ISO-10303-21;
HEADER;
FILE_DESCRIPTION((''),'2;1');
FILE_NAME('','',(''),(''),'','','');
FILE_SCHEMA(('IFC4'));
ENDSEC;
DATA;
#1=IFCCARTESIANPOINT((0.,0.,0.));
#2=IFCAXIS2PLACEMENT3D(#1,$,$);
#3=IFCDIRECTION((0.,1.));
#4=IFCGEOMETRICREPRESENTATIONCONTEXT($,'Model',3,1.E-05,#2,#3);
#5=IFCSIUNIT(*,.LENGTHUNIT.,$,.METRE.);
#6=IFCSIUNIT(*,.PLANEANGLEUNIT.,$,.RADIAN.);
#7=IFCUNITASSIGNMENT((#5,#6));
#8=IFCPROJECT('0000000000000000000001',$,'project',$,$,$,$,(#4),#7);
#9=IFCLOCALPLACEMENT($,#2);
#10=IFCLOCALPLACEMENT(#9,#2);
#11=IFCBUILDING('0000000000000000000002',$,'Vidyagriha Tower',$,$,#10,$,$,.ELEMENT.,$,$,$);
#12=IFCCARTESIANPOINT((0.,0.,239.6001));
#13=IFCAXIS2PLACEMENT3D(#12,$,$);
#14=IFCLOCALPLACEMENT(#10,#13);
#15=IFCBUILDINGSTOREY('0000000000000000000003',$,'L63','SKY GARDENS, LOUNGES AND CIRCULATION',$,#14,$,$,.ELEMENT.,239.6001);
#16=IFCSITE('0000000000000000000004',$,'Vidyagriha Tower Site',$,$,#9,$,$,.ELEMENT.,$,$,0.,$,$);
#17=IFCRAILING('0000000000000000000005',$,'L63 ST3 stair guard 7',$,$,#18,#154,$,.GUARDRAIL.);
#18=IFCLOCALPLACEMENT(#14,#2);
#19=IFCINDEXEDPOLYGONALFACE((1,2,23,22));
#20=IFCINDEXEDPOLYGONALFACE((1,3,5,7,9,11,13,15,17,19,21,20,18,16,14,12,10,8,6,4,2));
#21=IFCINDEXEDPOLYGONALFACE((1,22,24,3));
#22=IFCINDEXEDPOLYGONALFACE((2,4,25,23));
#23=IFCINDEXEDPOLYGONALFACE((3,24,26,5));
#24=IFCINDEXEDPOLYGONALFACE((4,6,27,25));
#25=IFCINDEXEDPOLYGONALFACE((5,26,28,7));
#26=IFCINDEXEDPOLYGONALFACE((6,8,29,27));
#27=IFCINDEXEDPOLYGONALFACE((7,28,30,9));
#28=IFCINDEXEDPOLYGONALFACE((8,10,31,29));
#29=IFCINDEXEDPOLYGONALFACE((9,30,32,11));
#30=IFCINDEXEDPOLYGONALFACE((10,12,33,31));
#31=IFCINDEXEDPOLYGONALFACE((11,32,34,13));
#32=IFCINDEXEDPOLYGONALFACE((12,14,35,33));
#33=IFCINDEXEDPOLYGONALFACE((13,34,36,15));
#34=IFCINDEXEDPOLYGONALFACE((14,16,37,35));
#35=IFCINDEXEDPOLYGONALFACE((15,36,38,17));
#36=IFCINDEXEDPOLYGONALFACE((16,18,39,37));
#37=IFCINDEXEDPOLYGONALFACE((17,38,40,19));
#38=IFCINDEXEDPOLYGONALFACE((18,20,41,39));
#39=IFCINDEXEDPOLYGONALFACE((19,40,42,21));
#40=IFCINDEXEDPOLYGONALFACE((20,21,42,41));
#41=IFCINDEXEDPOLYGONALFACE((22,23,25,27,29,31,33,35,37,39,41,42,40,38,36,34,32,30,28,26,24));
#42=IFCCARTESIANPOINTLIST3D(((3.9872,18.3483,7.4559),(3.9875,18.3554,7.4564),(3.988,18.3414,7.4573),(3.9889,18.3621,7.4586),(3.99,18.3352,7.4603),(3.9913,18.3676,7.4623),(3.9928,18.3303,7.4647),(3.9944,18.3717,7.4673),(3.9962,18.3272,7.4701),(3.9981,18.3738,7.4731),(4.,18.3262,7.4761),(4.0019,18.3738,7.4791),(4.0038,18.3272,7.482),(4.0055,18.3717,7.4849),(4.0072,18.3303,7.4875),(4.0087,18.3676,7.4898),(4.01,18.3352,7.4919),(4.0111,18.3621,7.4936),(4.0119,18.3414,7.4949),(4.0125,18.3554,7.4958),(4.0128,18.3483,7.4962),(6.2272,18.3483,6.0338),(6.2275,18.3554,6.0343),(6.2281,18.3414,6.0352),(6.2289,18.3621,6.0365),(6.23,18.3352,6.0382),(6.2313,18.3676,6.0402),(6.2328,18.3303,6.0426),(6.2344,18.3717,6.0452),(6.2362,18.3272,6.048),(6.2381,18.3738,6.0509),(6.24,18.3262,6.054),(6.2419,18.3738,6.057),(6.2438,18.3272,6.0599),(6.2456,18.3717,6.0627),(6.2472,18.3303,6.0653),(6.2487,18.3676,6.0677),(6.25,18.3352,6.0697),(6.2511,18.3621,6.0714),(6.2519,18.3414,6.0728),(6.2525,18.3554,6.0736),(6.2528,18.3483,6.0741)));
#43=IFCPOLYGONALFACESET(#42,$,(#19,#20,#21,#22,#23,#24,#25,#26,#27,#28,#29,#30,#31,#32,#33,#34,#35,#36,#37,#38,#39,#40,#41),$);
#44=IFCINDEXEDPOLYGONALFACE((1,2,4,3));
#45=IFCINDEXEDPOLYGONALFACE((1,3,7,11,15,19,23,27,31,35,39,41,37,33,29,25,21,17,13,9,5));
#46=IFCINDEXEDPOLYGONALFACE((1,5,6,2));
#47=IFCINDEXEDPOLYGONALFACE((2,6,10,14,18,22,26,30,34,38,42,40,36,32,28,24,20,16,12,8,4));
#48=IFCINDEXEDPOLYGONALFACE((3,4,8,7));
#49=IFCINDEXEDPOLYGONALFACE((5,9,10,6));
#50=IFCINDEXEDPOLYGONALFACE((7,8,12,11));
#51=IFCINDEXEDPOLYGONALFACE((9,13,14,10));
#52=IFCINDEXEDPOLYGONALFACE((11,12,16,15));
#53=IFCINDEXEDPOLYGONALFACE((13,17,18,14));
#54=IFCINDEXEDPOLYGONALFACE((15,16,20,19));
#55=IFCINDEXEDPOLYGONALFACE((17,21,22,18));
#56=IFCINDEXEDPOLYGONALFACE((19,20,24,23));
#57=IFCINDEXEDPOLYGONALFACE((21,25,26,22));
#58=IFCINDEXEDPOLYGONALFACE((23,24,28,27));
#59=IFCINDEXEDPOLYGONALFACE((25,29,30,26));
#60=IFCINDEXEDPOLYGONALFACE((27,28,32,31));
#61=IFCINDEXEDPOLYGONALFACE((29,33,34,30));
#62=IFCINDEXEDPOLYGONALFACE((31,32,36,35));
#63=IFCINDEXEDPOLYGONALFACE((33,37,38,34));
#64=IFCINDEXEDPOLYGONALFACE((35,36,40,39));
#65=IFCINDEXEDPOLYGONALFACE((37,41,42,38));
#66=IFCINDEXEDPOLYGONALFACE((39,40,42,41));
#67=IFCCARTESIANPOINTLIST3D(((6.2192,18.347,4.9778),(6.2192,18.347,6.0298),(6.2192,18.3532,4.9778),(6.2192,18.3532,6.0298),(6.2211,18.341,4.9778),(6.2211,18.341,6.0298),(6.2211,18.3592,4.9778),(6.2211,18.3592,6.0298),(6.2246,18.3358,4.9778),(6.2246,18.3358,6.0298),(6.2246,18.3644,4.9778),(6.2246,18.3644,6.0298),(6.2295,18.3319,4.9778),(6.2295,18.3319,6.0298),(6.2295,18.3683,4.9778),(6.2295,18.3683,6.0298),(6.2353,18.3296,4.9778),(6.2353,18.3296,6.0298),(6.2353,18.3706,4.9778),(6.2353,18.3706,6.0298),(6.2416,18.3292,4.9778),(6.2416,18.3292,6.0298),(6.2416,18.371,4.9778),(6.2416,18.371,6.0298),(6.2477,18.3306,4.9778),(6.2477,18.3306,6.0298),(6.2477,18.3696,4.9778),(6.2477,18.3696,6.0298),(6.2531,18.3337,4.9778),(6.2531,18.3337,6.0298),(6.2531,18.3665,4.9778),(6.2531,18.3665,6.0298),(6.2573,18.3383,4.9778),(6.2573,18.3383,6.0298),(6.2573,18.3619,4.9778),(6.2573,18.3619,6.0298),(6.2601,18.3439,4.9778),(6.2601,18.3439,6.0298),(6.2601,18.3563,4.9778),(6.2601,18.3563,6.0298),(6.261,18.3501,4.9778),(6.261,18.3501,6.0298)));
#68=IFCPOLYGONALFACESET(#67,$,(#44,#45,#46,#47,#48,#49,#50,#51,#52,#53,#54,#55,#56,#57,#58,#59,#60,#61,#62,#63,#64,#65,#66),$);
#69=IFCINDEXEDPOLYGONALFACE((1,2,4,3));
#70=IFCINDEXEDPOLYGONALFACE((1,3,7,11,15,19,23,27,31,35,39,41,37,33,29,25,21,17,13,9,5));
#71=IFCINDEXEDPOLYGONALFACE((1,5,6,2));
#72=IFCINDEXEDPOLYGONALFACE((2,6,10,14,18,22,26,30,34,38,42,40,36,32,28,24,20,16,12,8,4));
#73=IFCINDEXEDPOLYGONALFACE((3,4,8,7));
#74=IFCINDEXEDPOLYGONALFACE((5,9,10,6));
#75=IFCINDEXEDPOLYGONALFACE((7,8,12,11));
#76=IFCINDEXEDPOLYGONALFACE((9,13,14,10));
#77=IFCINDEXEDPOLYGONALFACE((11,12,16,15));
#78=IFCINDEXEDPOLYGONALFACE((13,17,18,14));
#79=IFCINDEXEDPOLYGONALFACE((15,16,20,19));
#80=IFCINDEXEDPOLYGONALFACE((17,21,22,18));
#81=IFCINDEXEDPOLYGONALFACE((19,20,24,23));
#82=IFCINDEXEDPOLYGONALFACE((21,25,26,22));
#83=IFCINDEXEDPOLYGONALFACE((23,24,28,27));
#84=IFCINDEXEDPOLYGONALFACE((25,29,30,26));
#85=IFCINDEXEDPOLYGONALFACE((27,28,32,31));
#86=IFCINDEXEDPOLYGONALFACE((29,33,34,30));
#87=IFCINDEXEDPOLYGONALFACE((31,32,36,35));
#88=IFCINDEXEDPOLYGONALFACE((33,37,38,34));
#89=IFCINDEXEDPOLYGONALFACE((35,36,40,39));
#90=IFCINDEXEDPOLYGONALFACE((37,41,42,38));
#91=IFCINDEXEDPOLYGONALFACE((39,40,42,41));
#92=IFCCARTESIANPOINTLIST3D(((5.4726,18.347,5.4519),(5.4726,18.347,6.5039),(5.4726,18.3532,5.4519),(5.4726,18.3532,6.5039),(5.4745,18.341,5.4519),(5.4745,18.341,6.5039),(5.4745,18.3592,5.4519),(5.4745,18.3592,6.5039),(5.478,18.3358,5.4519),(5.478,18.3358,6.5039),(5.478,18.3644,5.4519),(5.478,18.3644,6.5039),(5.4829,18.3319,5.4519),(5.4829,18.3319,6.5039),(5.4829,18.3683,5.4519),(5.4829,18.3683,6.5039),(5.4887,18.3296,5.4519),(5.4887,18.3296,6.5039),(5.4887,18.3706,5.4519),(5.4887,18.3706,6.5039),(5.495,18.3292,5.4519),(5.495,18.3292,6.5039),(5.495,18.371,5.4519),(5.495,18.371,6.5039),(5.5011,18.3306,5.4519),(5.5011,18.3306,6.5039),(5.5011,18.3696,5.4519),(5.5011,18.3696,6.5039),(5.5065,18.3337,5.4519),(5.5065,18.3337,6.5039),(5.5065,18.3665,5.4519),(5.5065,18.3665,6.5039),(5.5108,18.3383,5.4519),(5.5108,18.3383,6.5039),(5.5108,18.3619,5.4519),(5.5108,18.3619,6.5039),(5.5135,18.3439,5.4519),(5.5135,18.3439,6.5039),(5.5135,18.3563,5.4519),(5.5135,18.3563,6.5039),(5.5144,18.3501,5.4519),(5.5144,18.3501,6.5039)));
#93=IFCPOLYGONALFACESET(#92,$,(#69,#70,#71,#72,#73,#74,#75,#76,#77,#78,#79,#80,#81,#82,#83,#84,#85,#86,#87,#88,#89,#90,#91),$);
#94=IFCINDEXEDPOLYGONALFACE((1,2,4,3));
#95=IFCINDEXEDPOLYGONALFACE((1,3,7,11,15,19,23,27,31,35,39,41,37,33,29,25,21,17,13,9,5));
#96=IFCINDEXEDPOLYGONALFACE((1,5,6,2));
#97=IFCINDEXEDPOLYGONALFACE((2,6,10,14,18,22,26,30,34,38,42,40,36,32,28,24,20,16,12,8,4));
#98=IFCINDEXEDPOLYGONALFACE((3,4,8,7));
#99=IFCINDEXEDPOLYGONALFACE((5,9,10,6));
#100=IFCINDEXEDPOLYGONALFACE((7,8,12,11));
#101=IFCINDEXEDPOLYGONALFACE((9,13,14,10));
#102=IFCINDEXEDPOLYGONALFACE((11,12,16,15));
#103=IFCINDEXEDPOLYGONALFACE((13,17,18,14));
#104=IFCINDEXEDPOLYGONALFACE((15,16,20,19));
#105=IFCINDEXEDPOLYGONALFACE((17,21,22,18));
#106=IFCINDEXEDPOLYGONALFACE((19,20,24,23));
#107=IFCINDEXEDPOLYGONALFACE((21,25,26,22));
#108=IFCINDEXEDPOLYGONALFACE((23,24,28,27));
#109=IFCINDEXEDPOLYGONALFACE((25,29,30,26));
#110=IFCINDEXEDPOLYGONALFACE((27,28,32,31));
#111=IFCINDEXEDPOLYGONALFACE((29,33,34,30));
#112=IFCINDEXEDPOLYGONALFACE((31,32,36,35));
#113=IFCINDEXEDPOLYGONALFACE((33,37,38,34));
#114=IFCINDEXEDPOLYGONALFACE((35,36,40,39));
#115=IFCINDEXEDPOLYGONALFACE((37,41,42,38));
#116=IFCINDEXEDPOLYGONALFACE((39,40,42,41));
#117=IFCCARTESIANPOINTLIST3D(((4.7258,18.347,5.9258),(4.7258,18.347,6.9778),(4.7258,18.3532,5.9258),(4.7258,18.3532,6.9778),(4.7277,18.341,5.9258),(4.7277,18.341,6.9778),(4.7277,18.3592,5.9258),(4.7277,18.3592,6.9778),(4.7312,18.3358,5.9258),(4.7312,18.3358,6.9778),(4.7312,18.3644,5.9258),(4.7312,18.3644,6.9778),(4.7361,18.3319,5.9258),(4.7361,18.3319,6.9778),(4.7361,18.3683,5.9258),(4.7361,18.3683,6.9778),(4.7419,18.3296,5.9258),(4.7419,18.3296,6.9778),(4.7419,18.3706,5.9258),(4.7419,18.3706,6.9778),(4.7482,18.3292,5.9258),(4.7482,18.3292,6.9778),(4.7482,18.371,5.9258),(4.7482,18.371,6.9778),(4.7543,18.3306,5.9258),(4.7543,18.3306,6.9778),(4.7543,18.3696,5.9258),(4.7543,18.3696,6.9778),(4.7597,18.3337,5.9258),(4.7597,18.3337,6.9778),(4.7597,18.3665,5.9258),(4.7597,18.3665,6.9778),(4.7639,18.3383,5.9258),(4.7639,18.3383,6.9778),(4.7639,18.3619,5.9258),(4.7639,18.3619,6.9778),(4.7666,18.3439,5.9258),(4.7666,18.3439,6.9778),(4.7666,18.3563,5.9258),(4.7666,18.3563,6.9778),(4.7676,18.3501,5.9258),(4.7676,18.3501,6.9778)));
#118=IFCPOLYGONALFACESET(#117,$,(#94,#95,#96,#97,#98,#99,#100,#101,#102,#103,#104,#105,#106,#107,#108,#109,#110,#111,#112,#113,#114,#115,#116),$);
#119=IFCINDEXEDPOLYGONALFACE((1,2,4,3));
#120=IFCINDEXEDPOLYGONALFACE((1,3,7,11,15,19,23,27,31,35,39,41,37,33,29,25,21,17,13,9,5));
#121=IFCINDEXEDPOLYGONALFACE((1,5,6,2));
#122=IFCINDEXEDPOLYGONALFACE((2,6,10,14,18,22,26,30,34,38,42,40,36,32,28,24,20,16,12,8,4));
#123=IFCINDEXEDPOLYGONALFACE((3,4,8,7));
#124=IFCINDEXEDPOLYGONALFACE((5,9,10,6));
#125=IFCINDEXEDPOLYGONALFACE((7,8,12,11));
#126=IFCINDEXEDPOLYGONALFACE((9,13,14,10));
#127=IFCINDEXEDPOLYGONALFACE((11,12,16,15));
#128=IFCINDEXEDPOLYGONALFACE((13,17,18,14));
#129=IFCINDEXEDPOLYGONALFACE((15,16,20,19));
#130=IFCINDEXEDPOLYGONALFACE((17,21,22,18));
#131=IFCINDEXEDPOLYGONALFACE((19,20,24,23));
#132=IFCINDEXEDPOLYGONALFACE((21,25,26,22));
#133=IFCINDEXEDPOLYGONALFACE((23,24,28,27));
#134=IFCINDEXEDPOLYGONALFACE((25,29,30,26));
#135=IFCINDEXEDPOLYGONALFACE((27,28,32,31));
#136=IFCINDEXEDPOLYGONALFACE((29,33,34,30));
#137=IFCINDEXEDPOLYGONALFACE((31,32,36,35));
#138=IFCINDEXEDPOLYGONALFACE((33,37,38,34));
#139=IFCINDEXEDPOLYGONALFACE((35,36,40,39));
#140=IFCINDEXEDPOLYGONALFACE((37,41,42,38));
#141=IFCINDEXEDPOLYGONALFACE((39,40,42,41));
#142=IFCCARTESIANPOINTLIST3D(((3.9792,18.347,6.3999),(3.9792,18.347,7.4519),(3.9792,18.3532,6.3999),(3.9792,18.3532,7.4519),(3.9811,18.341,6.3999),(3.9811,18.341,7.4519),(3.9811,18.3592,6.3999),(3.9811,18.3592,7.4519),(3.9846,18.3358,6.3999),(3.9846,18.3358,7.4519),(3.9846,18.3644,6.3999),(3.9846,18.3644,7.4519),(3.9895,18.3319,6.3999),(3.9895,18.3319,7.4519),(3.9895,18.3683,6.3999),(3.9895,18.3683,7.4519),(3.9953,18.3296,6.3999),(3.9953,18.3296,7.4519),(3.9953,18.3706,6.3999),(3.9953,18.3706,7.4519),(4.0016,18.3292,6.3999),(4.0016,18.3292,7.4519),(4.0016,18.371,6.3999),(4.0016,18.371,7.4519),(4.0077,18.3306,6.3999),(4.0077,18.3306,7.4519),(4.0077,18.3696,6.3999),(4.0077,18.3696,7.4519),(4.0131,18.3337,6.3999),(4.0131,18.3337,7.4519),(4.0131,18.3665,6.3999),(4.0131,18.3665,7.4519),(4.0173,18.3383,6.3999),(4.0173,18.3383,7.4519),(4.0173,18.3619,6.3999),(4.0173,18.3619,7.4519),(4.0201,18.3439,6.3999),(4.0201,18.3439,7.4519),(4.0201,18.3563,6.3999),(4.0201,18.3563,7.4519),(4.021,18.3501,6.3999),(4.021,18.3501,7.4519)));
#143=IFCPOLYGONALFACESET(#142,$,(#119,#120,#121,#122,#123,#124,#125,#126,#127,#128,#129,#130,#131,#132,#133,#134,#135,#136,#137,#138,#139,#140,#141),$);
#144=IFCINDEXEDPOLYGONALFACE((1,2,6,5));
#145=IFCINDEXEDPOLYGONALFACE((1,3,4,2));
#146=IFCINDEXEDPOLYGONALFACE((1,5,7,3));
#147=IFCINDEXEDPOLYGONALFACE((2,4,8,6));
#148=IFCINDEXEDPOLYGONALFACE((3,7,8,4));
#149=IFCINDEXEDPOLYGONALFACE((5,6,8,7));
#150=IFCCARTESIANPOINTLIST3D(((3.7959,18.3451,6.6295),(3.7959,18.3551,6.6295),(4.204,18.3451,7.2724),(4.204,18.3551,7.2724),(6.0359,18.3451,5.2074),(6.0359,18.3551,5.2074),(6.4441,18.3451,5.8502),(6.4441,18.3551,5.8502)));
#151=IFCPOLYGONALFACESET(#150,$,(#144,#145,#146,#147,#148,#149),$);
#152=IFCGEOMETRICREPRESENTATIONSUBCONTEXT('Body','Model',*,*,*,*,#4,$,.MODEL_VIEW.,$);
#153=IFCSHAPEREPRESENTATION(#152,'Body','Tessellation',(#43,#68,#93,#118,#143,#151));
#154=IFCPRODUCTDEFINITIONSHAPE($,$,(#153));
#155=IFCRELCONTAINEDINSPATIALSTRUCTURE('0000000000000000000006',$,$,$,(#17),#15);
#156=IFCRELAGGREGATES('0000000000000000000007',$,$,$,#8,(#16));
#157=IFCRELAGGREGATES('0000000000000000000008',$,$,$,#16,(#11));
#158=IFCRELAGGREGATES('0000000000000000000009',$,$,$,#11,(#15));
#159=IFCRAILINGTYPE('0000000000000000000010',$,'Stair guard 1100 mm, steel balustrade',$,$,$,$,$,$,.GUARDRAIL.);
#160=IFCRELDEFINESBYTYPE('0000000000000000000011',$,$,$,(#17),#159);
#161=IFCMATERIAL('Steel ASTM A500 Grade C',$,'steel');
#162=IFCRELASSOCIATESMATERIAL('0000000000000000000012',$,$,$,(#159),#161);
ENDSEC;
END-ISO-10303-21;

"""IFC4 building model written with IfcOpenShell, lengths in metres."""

from ifc_helpers import new_model, si_unit, direction, frame, origin, origin_2d, place, context, subcontext, project, spatial, rectangle, circle, extrude, material, type_object, element, save


model = new_model("IFC4")

# Units and contexts
model_context = context("Model", 3, precision=1e-05, world=origin(), true_north=direction((0.0, 1.0)))
body_context = subcontext(model_context, "Body", "Model", "MODEL_VIEW")
ifc_project = project(units=[si_unit("LENGTHUNIT", "METRE"), si_unit("PLANEANGLEUNIT", "RADIAN")], contexts=[model_context])

# Site, building, storey
site_placement = place(None, origin())
site = spatial("IfcSite", under=ifc_project, at=site_placement, Name="Vidyagriha Tower Site", CompositionType="ELEMENT", RefElevation=0.0)
building_placement = place(site_placement, origin())
building = spatial("IfcBuilding", under=site, at=building_placement, Name="Vidyagriha Tower", CompositionType="ELEMENT")
storey_placement = place(building_placement, frame((0.0, 0.0, 239.6001)))
storey = spatial("IfcBuildingStorey", under=building, at=storey_placement, Name="L63", Description="SKY GARDENS, LOUNGES AND CIRCULATION", CompositionType="ELEMENT", Elevation=239.6001)

# Railing
ifc_material_1 = material(Name="Steel ASTM A500 Grade C", Category="steel")
railing_type_1 = type_object("IfcRailingType", Name="Stair guard 1100 mm, steel balustrade", PredefinedType="GUARDRAIL", material=ifc_material_1)
railing_1_placement = place(storey_placement, frame((6.24, 18.3501, 4.9778)))
element("IfcRailing", 1, at=railing_1_placement, inside=storey, type_object=railing_type_1, Name="L63 ST3 stair guard 7", PredefinedType="GUARDRAIL", context=body_context, shape_type="SweptSolid", body=[
    extrude(circle(Radius=0.0239, at=origin_2d()), frame((0.0, 0.0, 1.0762), z_axis=(-0.844229, 0.0, 0.535982), x_axis=(0.0, -1.0, 0.0)), (0.0, 0.0, 1.0), 2.6533),
    extrude(circle(Radius=0.021, at=origin_2d()), origin(), (0.0, 0.0, 1.0), 1.052),
    extrude(circle(Radius=0.021, at=origin_2d()), frame((-0.7466, 0.0, 0.4741)), (0.0, 0.0, 1.0), 1.052),
    extrude(circle(Radius=0.021, at=origin_2d()), frame((-1.4934, 0.0, 0.948)), (0.0, 0.0, 1.0), 1.052),
    extrude(circle(Radius=0.021, at=origin_2d()), frame((-2.24, 0.0, 1.4221)), (0.0, 0.0, 1.0), 1.052),
    extrude(rectangle(XDim=0.01, YDim=0.7615, at=origin_2d()), frame((0.0, 0.0, 0.551), z_axis=(-0.844229, 0.0, 0.535982), x_axis=(0.0, -1.0, 0.0)), (0.0, 0.0, 1.0), 2.6533),
])

save(model, "model.ifc")
